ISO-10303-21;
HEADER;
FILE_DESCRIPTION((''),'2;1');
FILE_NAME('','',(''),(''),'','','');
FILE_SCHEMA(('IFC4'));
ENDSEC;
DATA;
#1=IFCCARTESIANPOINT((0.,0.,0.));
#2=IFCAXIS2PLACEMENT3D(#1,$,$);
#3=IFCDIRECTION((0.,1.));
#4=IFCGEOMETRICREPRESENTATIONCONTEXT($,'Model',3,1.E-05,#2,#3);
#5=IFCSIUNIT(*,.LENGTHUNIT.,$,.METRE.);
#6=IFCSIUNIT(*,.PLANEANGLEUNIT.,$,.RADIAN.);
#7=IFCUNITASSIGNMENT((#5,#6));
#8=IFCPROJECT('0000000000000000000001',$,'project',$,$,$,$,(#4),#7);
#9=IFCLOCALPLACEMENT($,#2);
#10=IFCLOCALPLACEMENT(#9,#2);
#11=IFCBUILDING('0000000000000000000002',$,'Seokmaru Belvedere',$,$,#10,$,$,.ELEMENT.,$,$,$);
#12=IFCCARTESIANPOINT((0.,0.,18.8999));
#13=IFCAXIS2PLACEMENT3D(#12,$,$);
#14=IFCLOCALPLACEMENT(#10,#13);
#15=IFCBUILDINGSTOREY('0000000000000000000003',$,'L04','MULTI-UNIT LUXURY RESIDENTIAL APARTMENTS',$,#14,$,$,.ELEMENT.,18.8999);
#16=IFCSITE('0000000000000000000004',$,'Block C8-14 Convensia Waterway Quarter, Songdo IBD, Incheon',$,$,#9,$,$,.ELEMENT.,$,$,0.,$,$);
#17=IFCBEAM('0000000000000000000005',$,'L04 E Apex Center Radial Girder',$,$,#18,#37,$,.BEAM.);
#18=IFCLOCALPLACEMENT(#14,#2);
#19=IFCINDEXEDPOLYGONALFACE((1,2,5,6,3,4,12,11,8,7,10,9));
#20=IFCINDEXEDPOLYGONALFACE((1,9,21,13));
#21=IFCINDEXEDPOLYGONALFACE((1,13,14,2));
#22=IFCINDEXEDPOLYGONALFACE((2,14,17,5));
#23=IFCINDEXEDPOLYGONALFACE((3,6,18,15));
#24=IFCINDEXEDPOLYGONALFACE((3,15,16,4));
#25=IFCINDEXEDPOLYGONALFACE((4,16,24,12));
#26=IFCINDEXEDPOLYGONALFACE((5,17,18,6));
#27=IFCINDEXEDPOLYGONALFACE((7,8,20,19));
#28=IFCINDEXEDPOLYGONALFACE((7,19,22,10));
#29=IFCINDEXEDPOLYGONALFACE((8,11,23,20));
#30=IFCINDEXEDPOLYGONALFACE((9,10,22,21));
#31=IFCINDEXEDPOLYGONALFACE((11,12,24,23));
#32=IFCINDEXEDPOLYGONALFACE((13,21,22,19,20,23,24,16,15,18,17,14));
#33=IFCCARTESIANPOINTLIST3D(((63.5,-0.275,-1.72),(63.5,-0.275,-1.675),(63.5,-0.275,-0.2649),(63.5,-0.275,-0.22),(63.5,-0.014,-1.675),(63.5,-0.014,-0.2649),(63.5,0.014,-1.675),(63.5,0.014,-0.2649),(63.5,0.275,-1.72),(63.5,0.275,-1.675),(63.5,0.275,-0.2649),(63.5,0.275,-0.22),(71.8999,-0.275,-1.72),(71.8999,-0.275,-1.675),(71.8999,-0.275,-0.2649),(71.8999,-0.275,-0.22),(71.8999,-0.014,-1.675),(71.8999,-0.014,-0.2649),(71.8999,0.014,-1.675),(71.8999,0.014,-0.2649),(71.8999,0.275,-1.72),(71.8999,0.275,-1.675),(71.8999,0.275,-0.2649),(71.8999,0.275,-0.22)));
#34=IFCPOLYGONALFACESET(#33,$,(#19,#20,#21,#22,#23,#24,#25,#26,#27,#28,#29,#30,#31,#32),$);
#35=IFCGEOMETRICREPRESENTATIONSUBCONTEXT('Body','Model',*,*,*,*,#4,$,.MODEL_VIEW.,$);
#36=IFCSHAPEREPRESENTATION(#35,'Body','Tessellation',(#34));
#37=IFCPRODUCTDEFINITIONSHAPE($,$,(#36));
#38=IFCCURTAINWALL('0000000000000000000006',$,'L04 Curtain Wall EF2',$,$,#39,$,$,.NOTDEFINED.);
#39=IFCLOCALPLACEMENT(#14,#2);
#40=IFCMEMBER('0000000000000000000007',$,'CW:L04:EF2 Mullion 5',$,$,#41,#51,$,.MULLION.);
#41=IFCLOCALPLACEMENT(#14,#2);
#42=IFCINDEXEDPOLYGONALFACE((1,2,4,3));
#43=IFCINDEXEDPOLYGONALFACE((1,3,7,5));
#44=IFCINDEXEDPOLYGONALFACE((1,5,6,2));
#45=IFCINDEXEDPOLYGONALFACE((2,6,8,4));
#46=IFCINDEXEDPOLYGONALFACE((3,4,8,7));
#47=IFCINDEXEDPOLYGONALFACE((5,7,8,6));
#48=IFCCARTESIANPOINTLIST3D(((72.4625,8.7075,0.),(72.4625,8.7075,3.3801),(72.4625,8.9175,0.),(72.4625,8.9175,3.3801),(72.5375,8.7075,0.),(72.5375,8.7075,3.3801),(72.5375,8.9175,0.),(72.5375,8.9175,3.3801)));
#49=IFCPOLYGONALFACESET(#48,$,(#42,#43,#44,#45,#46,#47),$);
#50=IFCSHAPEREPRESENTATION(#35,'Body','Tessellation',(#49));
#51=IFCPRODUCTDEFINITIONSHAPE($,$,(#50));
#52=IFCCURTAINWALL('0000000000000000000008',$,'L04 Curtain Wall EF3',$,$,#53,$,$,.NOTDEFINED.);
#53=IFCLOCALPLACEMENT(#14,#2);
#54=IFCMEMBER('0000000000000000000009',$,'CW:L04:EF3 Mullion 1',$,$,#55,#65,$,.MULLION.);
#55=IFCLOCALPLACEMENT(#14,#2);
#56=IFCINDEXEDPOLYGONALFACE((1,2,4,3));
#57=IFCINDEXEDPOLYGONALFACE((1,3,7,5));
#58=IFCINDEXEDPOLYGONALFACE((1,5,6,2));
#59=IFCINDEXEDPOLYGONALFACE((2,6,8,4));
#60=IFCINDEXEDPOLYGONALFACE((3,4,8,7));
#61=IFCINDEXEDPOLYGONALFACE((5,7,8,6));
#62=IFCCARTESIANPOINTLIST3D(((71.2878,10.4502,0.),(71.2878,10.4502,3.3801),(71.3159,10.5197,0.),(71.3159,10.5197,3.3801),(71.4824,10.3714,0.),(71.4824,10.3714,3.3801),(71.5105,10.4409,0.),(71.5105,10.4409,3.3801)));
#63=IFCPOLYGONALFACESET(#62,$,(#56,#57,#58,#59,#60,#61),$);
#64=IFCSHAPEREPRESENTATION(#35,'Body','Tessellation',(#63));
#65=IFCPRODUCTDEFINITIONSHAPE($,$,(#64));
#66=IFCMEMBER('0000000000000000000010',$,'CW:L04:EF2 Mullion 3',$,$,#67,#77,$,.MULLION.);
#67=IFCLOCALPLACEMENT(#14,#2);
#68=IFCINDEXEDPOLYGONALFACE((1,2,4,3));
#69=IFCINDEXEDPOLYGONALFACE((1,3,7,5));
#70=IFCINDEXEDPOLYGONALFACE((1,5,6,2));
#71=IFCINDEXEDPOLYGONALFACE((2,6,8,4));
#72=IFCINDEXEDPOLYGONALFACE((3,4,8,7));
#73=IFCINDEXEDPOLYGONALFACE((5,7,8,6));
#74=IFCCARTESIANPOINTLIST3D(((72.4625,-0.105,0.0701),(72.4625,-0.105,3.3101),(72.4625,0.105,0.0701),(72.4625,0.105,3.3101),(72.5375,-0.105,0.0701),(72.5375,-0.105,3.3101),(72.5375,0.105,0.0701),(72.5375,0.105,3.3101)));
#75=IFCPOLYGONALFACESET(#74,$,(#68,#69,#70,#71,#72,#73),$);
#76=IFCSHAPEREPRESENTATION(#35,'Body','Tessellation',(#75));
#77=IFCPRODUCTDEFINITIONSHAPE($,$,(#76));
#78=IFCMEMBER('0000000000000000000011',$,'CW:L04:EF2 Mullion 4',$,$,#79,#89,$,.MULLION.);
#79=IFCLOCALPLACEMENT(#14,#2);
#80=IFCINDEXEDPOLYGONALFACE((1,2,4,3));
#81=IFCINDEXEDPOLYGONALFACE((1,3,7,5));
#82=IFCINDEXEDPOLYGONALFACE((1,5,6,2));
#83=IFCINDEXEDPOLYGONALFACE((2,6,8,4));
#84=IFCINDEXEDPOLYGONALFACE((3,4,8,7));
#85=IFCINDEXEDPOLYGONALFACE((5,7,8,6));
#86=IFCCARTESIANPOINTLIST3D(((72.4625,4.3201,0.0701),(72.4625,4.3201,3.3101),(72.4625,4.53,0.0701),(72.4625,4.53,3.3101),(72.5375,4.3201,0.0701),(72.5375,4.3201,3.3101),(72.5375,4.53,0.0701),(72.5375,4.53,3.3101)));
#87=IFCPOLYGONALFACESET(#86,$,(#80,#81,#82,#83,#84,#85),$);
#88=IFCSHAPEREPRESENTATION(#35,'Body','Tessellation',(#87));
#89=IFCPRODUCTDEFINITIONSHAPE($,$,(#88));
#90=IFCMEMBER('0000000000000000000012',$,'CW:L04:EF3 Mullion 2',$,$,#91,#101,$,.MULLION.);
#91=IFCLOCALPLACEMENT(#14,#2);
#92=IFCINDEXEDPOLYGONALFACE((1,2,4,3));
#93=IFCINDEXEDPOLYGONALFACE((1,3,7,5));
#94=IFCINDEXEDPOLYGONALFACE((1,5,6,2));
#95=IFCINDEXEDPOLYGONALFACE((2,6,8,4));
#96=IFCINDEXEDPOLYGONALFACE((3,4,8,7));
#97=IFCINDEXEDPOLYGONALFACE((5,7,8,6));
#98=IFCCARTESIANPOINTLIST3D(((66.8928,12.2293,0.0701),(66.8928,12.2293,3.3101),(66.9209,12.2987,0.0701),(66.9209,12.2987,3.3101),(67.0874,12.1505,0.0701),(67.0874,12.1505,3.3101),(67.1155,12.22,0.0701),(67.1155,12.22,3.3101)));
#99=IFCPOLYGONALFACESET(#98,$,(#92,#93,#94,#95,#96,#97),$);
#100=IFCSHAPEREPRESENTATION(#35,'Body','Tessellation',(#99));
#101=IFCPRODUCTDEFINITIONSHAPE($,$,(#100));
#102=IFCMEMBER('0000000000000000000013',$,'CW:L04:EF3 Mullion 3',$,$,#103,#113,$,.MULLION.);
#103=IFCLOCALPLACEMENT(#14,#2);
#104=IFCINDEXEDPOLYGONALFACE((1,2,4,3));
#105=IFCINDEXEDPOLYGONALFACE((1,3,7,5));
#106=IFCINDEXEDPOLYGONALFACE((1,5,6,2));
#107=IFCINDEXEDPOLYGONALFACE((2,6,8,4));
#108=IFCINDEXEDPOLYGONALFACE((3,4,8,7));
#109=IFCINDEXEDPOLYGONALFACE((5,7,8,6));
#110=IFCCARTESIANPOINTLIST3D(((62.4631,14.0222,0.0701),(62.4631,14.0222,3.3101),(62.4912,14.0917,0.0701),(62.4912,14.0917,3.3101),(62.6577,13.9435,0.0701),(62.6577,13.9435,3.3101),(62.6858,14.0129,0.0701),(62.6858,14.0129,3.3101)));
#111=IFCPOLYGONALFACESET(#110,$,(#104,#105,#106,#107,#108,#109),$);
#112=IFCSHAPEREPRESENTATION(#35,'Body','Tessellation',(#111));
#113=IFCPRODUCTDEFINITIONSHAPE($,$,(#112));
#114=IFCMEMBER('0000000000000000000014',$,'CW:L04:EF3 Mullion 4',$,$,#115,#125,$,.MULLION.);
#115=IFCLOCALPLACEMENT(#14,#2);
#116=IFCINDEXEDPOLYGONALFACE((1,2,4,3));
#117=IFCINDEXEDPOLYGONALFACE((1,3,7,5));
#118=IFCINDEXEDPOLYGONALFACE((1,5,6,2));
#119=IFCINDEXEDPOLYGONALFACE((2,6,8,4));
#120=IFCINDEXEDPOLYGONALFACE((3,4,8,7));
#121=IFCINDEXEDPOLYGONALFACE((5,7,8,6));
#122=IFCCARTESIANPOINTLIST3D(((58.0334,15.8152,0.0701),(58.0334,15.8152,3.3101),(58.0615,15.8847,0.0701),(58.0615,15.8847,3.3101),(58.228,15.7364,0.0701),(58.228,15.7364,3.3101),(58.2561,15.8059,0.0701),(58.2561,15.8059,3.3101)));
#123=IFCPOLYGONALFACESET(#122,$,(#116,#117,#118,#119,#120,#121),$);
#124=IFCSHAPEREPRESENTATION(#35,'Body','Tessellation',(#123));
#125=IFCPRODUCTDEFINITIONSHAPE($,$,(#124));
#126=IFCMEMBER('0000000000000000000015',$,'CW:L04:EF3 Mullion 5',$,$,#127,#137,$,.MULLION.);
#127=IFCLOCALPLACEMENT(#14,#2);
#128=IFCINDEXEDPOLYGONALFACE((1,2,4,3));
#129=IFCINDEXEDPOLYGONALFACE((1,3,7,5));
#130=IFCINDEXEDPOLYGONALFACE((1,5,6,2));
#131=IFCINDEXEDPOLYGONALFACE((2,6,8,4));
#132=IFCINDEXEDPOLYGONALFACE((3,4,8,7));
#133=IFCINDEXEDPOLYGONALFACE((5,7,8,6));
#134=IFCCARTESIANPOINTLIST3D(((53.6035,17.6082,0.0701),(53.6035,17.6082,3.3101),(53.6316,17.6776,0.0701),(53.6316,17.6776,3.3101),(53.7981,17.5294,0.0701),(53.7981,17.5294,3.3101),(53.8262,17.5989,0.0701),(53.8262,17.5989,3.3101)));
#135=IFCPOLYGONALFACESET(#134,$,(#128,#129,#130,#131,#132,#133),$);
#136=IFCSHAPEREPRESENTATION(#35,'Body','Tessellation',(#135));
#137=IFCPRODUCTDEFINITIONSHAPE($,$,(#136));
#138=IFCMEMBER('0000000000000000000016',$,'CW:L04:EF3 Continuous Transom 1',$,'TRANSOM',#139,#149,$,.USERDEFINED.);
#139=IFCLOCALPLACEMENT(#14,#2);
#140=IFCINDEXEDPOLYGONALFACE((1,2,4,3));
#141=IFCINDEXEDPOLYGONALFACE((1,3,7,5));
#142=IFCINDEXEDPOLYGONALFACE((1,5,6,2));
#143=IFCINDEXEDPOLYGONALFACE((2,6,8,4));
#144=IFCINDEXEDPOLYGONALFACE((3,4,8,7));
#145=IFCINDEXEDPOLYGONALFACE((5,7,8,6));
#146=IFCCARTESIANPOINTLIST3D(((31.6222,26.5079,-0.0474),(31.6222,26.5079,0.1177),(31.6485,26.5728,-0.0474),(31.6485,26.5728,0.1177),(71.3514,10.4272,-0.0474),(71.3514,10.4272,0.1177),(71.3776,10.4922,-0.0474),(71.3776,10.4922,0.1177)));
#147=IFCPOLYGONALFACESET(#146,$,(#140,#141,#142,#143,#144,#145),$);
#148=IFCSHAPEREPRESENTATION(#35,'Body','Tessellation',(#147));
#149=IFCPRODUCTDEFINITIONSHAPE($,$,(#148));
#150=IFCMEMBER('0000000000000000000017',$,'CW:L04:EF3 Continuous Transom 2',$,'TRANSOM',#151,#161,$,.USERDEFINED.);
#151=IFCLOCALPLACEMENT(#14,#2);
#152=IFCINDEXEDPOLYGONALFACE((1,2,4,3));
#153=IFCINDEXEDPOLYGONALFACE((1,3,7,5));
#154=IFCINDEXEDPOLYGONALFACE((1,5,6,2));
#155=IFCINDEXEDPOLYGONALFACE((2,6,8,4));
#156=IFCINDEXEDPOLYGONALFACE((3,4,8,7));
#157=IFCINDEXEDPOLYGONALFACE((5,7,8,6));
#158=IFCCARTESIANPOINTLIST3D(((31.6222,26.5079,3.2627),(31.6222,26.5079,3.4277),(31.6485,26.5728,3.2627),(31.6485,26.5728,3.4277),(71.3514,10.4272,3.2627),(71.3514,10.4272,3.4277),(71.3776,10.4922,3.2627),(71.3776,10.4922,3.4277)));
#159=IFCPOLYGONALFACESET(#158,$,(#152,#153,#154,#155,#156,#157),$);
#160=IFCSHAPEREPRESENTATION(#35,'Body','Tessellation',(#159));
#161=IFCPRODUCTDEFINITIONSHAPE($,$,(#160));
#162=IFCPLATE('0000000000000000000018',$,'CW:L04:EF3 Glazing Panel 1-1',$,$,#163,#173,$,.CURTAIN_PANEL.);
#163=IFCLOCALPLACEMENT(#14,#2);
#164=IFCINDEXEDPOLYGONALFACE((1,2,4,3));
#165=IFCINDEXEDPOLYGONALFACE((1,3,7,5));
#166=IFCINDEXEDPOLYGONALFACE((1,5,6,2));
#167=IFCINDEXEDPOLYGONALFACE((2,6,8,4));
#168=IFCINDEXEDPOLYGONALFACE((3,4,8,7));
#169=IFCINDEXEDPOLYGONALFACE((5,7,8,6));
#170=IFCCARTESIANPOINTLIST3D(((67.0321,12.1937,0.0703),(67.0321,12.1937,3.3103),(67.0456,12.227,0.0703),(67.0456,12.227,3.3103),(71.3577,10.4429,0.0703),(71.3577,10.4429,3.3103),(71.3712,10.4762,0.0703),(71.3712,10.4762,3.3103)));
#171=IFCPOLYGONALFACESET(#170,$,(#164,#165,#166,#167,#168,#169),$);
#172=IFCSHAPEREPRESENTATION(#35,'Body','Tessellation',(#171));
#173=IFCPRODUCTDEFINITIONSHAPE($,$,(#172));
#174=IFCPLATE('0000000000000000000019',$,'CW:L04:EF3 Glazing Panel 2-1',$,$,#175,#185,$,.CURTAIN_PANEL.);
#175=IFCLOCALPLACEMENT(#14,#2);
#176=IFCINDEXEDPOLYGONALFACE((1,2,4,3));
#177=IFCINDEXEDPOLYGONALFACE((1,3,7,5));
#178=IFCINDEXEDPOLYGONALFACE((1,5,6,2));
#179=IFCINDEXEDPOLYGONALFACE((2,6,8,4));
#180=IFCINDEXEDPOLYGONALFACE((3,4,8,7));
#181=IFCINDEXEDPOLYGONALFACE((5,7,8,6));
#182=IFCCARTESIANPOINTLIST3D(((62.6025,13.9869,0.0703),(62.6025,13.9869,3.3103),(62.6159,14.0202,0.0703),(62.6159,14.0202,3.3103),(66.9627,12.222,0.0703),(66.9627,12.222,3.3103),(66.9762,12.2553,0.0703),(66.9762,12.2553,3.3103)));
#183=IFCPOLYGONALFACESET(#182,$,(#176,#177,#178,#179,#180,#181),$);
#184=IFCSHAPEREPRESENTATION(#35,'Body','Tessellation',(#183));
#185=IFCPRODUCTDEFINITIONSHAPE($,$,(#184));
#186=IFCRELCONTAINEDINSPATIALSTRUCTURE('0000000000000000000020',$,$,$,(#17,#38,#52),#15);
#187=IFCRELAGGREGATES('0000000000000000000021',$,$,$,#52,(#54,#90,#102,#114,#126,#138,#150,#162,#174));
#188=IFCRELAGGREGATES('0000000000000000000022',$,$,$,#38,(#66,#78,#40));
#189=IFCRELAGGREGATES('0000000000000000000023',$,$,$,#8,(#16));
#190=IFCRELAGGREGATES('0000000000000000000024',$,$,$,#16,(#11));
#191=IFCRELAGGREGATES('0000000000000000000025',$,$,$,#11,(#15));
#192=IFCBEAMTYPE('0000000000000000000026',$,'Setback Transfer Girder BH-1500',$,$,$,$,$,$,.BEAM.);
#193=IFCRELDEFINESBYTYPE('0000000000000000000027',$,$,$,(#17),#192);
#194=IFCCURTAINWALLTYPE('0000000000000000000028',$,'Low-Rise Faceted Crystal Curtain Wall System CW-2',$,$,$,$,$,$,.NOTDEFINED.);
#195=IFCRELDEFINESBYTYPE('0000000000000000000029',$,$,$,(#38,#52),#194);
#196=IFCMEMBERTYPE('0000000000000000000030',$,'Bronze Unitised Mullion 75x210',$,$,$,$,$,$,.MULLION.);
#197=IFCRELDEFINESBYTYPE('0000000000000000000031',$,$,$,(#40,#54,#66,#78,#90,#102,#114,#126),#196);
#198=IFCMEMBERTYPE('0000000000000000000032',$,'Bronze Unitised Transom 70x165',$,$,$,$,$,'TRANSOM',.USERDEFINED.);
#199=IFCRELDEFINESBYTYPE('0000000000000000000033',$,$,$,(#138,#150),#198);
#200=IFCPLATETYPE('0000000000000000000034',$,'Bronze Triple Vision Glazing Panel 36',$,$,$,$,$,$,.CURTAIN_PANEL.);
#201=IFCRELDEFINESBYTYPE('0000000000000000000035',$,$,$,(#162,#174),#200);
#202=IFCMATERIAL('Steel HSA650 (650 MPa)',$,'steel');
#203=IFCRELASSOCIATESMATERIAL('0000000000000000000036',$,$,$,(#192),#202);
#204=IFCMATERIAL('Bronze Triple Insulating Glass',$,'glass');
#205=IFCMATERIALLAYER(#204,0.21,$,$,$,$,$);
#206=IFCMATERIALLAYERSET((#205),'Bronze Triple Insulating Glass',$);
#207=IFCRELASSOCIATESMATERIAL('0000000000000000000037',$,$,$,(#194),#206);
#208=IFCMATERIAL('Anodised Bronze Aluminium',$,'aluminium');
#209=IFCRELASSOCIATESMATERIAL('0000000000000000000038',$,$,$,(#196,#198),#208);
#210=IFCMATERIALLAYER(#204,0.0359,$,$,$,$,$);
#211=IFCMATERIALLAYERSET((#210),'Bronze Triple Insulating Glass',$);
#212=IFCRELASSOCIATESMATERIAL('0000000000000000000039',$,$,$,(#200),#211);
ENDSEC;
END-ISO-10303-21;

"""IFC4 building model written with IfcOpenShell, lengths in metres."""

from ifc_helpers import new_model, si_unit, direction, frame, origin, origin_2d, place, context, subcontext, project, spatial, rectangle, i_section, extrude, source, transform, mapped, material, layer, layer_set, material_profile, profile_set, type_object, type_shapes, element, aggregate, save


model = new_model("IFC4")

# Units and contexts
model_context = context("Model", 3, precision=1e-05, world=origin(), true_north=direction((0.0, 1.0)))
body_context = subcontext(model_context, "Body", "Model", "MODEL_VIEW")
ifc_project = project(units=[si_unit("LENGTHUNIT", "METRE"), si_unit("PLANEANGLEUNIT", "RADIAN")], contexts=[model_context])

# Site, building, storey
site_placement = place(None, origin())
site = spatial("IfcSite", under=ifc_project, at=site_placement, Name="Block C8-14 Convensia Waterway Quarter, Songdo IBD, Incheon", CompositionType="ELEMENT", RefElevation=0.0)
building_placement = place(site_placement, origin())
building = spatial("IfcBuilding", under=site, at=building_placement, Name="Seokmaru Belvedere", CompositionType="ELEMENT")
storey_placement = place(building_placement, frame((0.0, 0.0, 18.8999)))
storey = spatial("IfcBuildingStorey", under=building, at=storey_placement, Name="L04", Description="MULTI-UNIT LUXURY RESIDENTIAL APARTMENTS", CompositionType="ELEMENT", Elevation=18.8999)

# Shared definitions
ifc_material_1 = material(Name="Steel HSA650 (650 MPa)", Category="steel")

# Beam
ifc_material_profile_1 = material_profile(ifc_material_1, i_section(OverallWidth=0.55, OverallDepth=1.5, WebThickness=0.0281, FlangeThickness=0.0449, at=origin_2d()), Name="BH-1500x550x28x45")
ifc_profile_set_1 = profile_set([ifc_material_profile_1], Name="Steel HSA650 (650 MPa)")
beam_type_1 = type_object("IfcBeamType", Name="Setback Transfer Girder BH-1500", PredefinedType="BEAM", material=ifc_profile_set_1)
shared_shape_1 = source(origin(), body_context, "Body", "SweptSolid", [
    extrude(i_section(OverallWidth=0.55, OverallDepth=1.5, WebThickness=0.0281, FlangeThickness=0.0449, at=origin_2d()), origin(), (0.0, 0.0, 1.0), 8.3999),
])
beam_1_placement = place(storey_placement, frame((71.8999, 0.0, -0.97), z_axis=(-1.0, 0.0, 0.0), x_axis=(0.0, -1.0, 0.0)))
element("IfcBeam", 1, at=beam_1_placement, inside=storey, type_object=beam_type_1, Name="L04 E Apex Center Radial Girder", PredefinedType="BEAM", context=body_context, shape_type="MappedRepresentation", body=[
    mapped(shared_shape_1, transform((0.0, 0.0, 0.0), scale=1.0)),
])

# Curtain walls, members
ifc_material_2 = material(Name="Bronze Triple Insulating Glass", Category="glass")
ifc_layer_1 = layer(ifc_material_2, 0.21)
ifc_layer_set_1 = layer_set([ifc_layer_1], Name="Bronze Triple Insulating Glass")
curtain_wall_type = type_object("IfcCurtainWallType", Name="Low-Rise Faceted Crystal Curtain Wall System CW-2", PredefinedType="NOTDEFINED", material=ifc_layer_set_1)
curtain_wall_1_placement = place(storey_placement, origin())
curtain_wall_1 = element("IfcCurtainWall", 2, at=curtain_wall_1_placement, inside=storey, type_object=curtain_wall_type, Name="L04 Curtain Wall EF2", PredefinedType="NOTDEFINED")
ifc_material_3 = material(Name="Anodised Bronze Aluminium", Category="aluminium")
ifc_material_profile_2 = material_profile(ifc_material_3, rectangle(XDim=0.075, YDim=0.21, at=origin_2d()), Name="CW-M-75x210")
ifc_profile_set_2 = profile_set([ifc_material_profile_2], Name="Anodised Bronze Aluminium")
member_type_1 = type_object("IfcMemberType", Name="Bronze Unitised Mullion 75x210", PredefinedType="MULLION", material=ifc_profile_set_2)
shared_shape_2 = source(origin(), body_context, "Body", "SweptSolid", [
    extrude(rectangle(XDim=0.075, YDim=0.21, at=origin_2d()), origin(), (0.0, 0.0, 1.0), 3.3801),
])
member_1_placement = place(storey_placement, frame((72.5, 8.8125, 0.0), z_axis=(0.0, 0.0, 1.0), x_axis=(-1.0, 0.0, 0.0)))
member_1 = element("IfcMember", 3, at=member_1_placement, type_object=member_type_1, Name="CW:L04:EF2 Mullion 5", PredefinedType="MULLION", context=body_context, shape_type="MappedRepresentation", body=[
    mapped(shared_shape_2, transform((0.0, 0.0, 0.0), scale=1.0)),
])
curtain_wall_2_placement = place(storey_placement, origin())
curtain_wall_2 = element("IfcCurtainWall", 4, at=curtain_wall_2_placement, inside=storey, type_object=curtain_wall_type, Name="L04 Curtain Wall EF3", PredefinedType="NOTDEFINED")
member_2_placement = place(storey_placement, frame((71.3992, 10.4456, 0.0), z_axis=(0.0, 0.0, 1.0), x_axis=(-0.375192, -0.926947, 0.0)))
member_2 = element("IfcMember", 5, at=member_2_placement, type_object=member_type_1, Name="CW:L04:EF3 Mullion 1", PredefinedType="MULLION", context=body_context, shape_type="MappedRepresentation", body=[
    mapped(shared_shape_2, transform((0.0, 0.0, 0.0), scale=1.0)),
])

# Members
shared_shape_3 = source(origin(), body_context, "Body", "SweptSolid", [
    extrude(rectangle(XDim=0.075, YDim=0.21, at=origin_2d()), origin(), (0.0, 0.0, 1.0), 3.24),
])
type_shapes(member_type_1, [shared_shape_2, shared_shape_3])
member_3_placement = place(storey_placement, frame((72.5, 0.0, 0.0701), z_axis=(0.0, 0.0, 1.0), x_axis=(-1.0, 0.0, 0.0)))
member_3 = element("IfcMember", 6, at=member_3_placement, type_object=member_type_1, Name="CW:L04:EF2 Mullion 3", PredefinedType="MULLION", context=body_context, shape_type="MappedRepresentation", body=[
    mapped(shared_shape_3, transform((0.0, 0.0, 0.0), scale=1.0)),
])
member_4_placement = place(storey_placement, frame((72.5, 4.425, 0.0701), z_axis=(0.0, 0.0, 1.0), x_axis=(-1.0, 0.0, 0.0)))
member_4 = element("IfcMember", 7, at=member_4_placement, type_object=member_type_1, Name="CW:L04:EF2 Mullion 4", PredefinedType="MULLION", context=body_context, shape_type="MappedRepresentation", body=[
    mapped(shared_shape_3, transform((0.0, 0.0, 0.0), scale=1.0)),
])
member_5_placement = place(storey_placement, frame((67.0042, 12.2246, 0.0701), z_axis=(0.0, 0.0, 1.0), x_axis=(-0.375192, -0.926947, 0.0)))
member_5 = element("IfcMember", 8, at=member_5_placement, type_object=member_type_1, Name="CW:L04:EF3 Mullion 2", PredefinedType="MULLION", context=body_context, shape_type="MappedRepresentation", body=[
    mapped(shared_shape_3, transform((0.0, 0.0, 0.0), scale=1.0)),
])
member_6_placement = place(storey_placement, frame((62.5745, 14.0176, 0.0701), z_axis=(0.0, 0.0, 1.0), x_axis=(-0.375192, -0.926947, 0.0)))
member_6 = element("IfcMember", 9, at=member_6_placement, type_object=member_type_1, Name="CW:L04:EF3 Mullion 3", PredefinedType="MULLION", context=body_context, shape_type="MappedRepresentation", body=[
    mapped(shared_shape_3, transform((0.0, 0.0, 0.0), scale=1.0)),
])
member_7_placement = place(storey_placement, frame((58.1448, 15.8105, 0.0701), z_axis=(0.0, 0.0, 1.0), x_axis=(-0.375192, -0.926947, 0.0)))
member_7 = element("IfcMember", 10, at=member_7_placement, type_object=member_type_1, Name="CW:L04:EF3 Mullion 4", PredefinedType="MULLION", context=body_context, shape_type="MappedRepresentation", body=[
    mapped(shared_shape_3, transform((0.0, 0.0, 0.0), scale=1.0)),
])
member_8_placement = place(storey_placement, frame((53.7148, 17.6035, 0.0701), z_axis=(0.0, 0.0, 1.0), x_axis=(-0.375192, -0.926947, 0.0)))
member_8 = element("IfcMember", 11, at=member_8_placement, type_object=member_type_1, Name="CW:L04:EF3 Mullion 5", PredefinedType="MULLION", context=body_context, shape_type="MappedRepresentation", body=[
    mapped(shared_shape_3, transform((0.0, 0.0, 0.0), scale=1.0)),
])
ifc_material_profile_3 = material_profile(ifc_material_3, rectangle(XDim=0.0701, YDim=0.165, at=origin_2d()), Name="CW-T-70x165")
ifc_profile_set_3 = profile_set([ifc_material_profile_3], Name="Anodised Bronze Aluminium")
member_type_2 = type_object("IfcMemberType", Name="Bronze Unitised Transom 70x165", ElementType="TRANSOM", PredefinedType="USERDEFINED", material=ifc_profile_set_3)
shared_shape_4 = source(origin(), body_context, "Body", "SweptSolid", [
    extrude(rectangle(XDim=0.0701, YDim=0.165, at=origin_2d()), origin(), (0.0, 0.0, 1.0), 42.8601),
])
type_shapes(member_type_2, [shared_shape_4])
member_9_placement = place(storey_placement, frame((71.3645, 10.4597, 0.0352), z_axis=(-0.926949, 0.375188, 0.0), x_axis=(-0.375188, -0.926949, 0.0)))
member_9 = element("IfcMember", 12, at=member_9_placement, type_object=member_type_2, Name="CW:L04:EF3 Continuous Transom 1", ObjectType="TRANSOM", PredefinedType="USERDEFINED", context=body_context, shape_type="MappedRepresentation", body=[
    mapped(shared_shape_4, transform((0.0, 0.0, 0.0), scale=1.0)),
])
member_10_placement = place(storey_placement, frame((71.3645, 10.4597, 3.3452), z_axis=(-0.926949, 0.375188, 0.0), x_axis=(-0.375188, -0.926949, 0.0)))
member_10 = element("IfcMember", 13, at=member_10_placement, type_object=member_type_2, Name="CW:L04:EF3 Continuous Transom 2", ObjectType="TRANSOM", PredefinedType="USERDEFINED", context=body_context, shape_type="MappedRepresentation", body=[
    mapped(shared_shape_4, transform((0.0, 0.0, 0.0), scale=1.0)),
])

# Plates
ifc_layer_2 = layer(ifc_material_2, 0.0359)
ifc_layer_set_2 = layer_set([ifc_layer_2], Name="Bronze Triple Insulating Glass")
plate_type = type_object("IfcPlateType", Name="Bronze Triple Vision Glazing Panel 36", PredefinedType="CURTAIN_PANEL", material=ifc_layer_set_2)
shared_shape_5 = source(origin(), body_context, "Body", "SweptSolid", [
    extrude(rectangle(XDim=4.6665, YDim=0.0359, at=origin_2d()), origin(), (0.0, 0.0, 1.0), 3.24),
])
plate_1_placement = place(storey_placement, frame((69.2017, 11.335, 0.0703), z_axis=(0.0, 0.0, 1.0), x_axis=(-0.926947, 0.375192, 0.0)))
plate_1 = element("IfcPlate", 14, at=plate_1_placement, type_object=plate_type, Name="CW:L04:EF3 Glazing Panel 1-1", PredefinedType="CURTAIN_PANEL", context=body_context, shape_type="MappedRepresentation", body=[
    mapped(shared_shape_5, transform((0.0, 0.0, 0.0), scale=1.0)),
])
shared_shape_6 = source(origin(), body_context, "Body", "SweptSolid", [
    extrude(rectangle(XDim=4.7039, YDim=0.0359, at=origin_2d()), origin(), (0.0, 0.0, 1.0), 3.24),
])
plate_2_placement = place(storey_placement, frame((64.7893, 13.1211, 0.0703), z_axis=(0.0, 0.0, 1.0), x_axis=(-0.926947, 0.375192, 0.0)))
plate_2 = element("IfcPlate", 15, at=plate_2_placement, type_object=plate_type, Name="CW:L04:EF3 Glazing Panel 2-1", PredefinedType="CURTAIN_PANEL", context=body_context, shape_type="MappedRepresentation", body=[
    mapped(shared_shape_6, transform((0.0, 0.0, 0.0), scale=1.0)),
])
aggregate(curtain_wall_2, [member_2, member_5, member_6, member_7, member_8, member_9, member_10, plate_1, plate_2])
aggregate(curtain_wall_1, [member_3, member_4, member_1])

save(model, "model.ifc")
